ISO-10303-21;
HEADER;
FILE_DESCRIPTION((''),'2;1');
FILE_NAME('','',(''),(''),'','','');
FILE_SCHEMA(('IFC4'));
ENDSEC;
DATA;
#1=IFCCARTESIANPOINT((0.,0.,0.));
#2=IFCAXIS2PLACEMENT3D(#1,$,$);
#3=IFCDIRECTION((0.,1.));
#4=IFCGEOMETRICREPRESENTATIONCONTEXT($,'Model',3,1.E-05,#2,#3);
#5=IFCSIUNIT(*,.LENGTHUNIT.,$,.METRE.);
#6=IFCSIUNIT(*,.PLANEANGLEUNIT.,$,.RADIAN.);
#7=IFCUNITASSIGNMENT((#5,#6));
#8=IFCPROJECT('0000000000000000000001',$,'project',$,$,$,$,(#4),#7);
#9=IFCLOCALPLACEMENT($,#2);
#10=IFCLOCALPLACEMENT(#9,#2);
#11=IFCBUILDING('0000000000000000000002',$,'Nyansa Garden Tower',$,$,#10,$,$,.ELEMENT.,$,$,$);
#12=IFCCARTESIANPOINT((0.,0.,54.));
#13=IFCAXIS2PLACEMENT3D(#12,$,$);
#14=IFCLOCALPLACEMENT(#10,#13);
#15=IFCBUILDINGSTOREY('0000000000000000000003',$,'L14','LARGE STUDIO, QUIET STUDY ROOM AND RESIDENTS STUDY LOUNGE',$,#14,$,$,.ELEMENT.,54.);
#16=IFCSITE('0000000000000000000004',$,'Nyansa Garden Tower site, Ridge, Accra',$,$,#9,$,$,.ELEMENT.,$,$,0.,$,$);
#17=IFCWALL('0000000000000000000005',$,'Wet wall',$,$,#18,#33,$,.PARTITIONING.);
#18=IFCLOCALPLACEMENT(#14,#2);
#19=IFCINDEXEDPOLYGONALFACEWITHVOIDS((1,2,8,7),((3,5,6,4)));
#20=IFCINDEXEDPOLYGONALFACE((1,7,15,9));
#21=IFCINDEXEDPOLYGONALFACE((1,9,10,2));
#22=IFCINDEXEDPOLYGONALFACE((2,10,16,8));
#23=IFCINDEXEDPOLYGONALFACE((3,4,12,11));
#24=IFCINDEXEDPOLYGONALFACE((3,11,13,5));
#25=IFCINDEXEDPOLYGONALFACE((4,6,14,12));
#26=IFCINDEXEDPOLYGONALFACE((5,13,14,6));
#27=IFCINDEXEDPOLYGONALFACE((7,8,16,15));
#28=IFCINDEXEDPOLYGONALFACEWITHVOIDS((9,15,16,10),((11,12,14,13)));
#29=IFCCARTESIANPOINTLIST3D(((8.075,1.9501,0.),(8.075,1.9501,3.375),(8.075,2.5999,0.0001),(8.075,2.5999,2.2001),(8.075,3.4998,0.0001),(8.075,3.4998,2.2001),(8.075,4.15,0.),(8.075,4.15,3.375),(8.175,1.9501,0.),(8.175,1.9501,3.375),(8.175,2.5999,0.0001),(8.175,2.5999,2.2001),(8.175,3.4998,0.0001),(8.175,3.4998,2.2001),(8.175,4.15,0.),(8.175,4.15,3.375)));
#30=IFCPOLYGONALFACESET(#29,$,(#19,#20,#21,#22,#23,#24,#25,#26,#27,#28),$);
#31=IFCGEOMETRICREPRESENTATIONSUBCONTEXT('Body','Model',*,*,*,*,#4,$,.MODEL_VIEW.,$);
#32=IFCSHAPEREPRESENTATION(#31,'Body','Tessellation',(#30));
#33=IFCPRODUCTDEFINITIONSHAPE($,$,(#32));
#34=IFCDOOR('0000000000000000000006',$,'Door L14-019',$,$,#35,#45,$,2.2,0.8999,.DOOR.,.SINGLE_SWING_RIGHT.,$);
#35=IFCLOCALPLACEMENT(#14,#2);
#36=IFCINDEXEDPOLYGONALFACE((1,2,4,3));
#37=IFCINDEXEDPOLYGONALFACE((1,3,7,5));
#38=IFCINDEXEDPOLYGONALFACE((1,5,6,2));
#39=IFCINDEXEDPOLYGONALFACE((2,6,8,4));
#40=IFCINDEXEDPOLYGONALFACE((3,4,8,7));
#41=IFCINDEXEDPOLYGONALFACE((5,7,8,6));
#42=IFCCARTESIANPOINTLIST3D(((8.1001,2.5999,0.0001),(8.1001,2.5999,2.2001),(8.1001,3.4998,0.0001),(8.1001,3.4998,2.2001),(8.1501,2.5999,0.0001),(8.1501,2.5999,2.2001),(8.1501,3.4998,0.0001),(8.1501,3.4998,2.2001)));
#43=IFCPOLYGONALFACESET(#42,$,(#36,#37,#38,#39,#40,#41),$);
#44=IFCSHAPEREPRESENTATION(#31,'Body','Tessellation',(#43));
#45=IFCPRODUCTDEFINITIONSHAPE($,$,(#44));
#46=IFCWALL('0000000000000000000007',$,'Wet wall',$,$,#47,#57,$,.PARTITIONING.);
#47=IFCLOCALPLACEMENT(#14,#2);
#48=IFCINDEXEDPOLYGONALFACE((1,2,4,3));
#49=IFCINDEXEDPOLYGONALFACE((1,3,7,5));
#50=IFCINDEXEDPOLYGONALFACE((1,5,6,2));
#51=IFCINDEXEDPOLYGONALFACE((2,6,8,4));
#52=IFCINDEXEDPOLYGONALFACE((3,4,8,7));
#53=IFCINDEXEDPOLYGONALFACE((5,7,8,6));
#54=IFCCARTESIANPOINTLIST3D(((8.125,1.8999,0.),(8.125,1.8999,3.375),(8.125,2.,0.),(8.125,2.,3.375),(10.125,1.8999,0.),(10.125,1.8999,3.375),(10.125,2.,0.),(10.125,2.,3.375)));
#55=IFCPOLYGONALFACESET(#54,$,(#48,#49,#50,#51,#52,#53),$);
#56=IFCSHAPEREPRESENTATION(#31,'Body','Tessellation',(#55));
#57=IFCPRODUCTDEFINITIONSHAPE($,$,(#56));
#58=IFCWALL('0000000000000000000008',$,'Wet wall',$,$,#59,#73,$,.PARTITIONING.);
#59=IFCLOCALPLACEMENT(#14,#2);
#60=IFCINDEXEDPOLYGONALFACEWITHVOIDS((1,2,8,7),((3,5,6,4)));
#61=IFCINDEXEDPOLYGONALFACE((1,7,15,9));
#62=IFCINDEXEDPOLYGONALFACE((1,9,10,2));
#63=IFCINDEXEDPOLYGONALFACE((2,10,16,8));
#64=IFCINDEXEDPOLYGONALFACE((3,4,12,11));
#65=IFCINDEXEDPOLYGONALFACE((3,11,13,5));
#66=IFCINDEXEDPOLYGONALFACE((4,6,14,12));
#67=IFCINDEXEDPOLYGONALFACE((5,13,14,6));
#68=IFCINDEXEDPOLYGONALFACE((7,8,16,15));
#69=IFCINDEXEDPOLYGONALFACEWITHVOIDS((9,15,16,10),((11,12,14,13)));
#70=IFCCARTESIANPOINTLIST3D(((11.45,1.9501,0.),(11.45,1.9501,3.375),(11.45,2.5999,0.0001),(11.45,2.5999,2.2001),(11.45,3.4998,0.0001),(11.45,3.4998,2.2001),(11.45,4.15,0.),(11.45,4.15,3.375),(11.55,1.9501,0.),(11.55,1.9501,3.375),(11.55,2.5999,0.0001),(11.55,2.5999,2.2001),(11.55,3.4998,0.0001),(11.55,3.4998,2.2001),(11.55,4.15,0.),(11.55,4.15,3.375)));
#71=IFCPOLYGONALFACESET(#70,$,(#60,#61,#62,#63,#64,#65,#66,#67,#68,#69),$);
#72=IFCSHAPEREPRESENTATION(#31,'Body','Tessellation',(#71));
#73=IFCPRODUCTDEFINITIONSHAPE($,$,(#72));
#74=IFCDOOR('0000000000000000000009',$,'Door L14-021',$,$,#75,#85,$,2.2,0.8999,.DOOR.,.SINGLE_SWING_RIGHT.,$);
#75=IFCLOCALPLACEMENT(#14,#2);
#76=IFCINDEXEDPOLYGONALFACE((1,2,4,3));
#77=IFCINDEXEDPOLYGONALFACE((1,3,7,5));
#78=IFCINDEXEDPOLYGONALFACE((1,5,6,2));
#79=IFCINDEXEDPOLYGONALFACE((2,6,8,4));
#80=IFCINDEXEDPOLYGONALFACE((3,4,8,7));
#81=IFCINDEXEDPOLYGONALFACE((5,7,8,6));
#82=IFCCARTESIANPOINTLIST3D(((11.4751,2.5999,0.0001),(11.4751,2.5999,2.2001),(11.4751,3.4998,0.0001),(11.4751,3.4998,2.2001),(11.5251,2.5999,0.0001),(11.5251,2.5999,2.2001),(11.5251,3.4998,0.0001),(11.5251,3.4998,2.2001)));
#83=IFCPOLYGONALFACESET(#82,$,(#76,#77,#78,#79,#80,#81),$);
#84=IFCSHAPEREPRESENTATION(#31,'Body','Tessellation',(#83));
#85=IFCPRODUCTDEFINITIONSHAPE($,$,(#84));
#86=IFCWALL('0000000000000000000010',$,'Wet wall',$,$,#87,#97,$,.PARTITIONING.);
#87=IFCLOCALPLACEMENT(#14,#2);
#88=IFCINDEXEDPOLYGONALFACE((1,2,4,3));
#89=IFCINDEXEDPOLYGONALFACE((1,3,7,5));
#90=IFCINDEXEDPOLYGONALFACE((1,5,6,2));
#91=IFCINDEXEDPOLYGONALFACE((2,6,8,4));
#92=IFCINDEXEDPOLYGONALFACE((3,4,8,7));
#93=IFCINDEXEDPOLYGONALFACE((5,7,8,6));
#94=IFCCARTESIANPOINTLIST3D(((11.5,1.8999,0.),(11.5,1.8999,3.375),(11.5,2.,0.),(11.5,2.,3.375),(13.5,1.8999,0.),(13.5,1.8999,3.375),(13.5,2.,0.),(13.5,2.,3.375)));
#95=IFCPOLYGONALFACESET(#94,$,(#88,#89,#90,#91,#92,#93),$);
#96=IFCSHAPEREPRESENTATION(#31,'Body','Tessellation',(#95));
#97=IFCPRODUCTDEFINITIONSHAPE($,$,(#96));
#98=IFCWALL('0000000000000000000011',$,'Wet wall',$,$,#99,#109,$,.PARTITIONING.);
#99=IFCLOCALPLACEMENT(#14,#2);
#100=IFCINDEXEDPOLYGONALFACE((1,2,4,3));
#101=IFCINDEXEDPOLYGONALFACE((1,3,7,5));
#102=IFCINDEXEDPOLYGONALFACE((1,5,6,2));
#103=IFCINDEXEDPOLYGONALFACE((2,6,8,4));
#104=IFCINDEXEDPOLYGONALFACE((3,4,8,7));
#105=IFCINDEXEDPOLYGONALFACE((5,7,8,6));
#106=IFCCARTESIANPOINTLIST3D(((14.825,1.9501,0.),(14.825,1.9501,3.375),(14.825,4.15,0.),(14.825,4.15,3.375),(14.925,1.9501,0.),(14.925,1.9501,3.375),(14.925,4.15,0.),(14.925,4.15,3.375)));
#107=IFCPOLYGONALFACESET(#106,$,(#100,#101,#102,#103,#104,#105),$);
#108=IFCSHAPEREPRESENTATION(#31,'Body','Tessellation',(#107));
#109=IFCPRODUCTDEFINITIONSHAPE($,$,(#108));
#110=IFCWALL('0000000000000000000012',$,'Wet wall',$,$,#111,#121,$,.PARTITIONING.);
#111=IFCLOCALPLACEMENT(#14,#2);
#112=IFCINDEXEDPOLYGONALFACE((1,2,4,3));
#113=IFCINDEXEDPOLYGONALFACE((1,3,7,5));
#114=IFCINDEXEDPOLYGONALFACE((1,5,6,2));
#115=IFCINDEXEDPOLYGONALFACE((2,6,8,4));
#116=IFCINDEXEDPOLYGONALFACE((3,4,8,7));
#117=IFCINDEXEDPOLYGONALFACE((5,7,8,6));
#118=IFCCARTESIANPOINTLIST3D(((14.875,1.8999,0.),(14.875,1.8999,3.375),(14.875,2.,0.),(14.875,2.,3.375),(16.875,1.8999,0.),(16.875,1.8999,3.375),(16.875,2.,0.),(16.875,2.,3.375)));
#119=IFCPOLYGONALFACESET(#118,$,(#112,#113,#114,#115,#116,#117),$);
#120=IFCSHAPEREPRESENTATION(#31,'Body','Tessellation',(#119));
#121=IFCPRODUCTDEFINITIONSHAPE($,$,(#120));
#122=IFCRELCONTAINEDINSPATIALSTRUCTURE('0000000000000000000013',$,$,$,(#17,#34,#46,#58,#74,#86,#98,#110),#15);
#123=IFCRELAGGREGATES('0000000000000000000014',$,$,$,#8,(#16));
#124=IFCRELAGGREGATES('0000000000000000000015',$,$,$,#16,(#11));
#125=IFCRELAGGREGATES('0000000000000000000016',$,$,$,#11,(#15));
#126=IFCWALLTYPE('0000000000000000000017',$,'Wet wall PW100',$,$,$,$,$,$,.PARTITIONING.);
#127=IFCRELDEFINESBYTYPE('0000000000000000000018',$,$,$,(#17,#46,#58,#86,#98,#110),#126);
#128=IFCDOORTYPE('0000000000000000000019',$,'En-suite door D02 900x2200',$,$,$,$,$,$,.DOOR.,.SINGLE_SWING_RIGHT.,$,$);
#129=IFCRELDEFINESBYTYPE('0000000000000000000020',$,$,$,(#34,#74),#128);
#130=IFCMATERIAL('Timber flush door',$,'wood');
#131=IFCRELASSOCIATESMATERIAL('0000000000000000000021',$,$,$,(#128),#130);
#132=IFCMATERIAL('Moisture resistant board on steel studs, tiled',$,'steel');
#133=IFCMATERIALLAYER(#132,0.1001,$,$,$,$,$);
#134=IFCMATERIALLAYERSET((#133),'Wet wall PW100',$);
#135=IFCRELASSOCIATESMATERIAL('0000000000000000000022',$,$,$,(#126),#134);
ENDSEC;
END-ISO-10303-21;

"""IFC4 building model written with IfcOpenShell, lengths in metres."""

from ifc_helpers import new_model, si_unit, direction, frame, frame_2d, origin, place, context, subcontext, project, spatial, rectangle, extrude, material, layer, layer_set, type_object, element, fill, save


model = new_model("IFC4")

# Units and contexts
model_context = context("Model", 3, precision=1e-05, world=origin(), true_north=direction((0.0, 1.0)))
body_context = subcontext(model_context, "Body", "Model", "MODEL_VIEW")
ifc_project = project(units=[si_unit("LENGTHUNIT", "METRE"), si_unit("PLANEANGLEUNIT", "RADIAN")], contexts=[model_context])

# Site, building, storey
site_placement = place(None, origin())
site = spatial("IfcSite", under=ifc_project, at=site_placement, Name="Nyansa Garden Tower site, Ridge, Accra", CompositionType="ELEMENT", RefElevation=0.0)
building_placement = place(site_placement, origin())
building = spatial("IfcBuilding", under=site, at=building_placement, Name="Nyansa Garden Tower", CompositionType="ELEMENT")
storey_placement = place(building_placement, frame((0.0, 0.0, 54.0)))
storey = spatial("IfcBuildingStorey", under=building, at=storey_placement, Name="L14", Description="LARGE STUDIO, QUIET STUDY ROOM AND RESIDENTS STUDY LOUNGE", CompositionType="ELEMENT", Elevation=54.0)

# Shared definitions
ifc_material_1 = material(Name="Timber flush door", Category="wood")
door_type_1 = type_object("IfcDoorType", Name="En-suite door D02 900x2200", OperationType="SINGLE_SWING_RIGHT", PredefinedType="DOOR", material=ifc_material_1)

# Wall, opening, door
ifc_material_2 = material(Name="Moisture resistant board on steel studs, tiled", Category="steel")
ifc_layer_1 = layer(ifc_material_2, 0.1001)
ifc_layer_set_1 = layer_set([ifc_layer_1], Name="Wet wall PW100")
wall_type_1 = type_object("IfcWallType", Name="Wet wall PW100", PredefinedType="PARTITIONING", material=ifc_layer_set_1)
wall_1_placement = place(storey_placement, frame((8.125, 1.95, 0.0), z_axis=(0.0, 0.0, 1.0), x_axis=(0.0, 1.0, 0.0)))
wall_1 = element("IfcWall", 1, at=wall_1_placement, inside=storey, type_object=wall_type_1, Name="Wet wall", PredefinedType="PARTITIONING", context=body_context, shape_type="SweptSolid", body=[
    extrude(rectangle(XDim=2.2, YDim=0.1001, at=frame_2d((1.1001, 0.0))), origin(), (0.0, 0.0, 1.0), 3.375),
])
opening_1_placement = place(wall_1_placement, frame((0.6499, 0.0, 0.0)))
opening_1 = element("IfcOpeningElement", 2, at=opening_1_placement, cuts=wall_1, PredefinedType="OPENING", context=body_context, shape_type="SweptSolid", body=[
    extrude(rectangle(XDim=0.8999, YDim=2.2, at=frame_2d((0.45, 1.1001))), frame((0.0, 0.0601, 0.0), z_axis=(0.0, -1.0, 0.0), x_axis=(1.0, 0.0, 0.0)), (0.0, 0.0, 1.0), 0.1201),
])
door_1_placement = place(opening_1_placement, origin())
door_1 = element("IfcDoor", 3, at=door_1_placement, inside=storey, type_object=door_type_1, Name="Door L14-019", OperationType="SINGLE_SWING_RIGHT", OverallHeight=2.2, OverallWidth=0.8999, PredefinedType="DOOR", context=body_context, shape_type="SweptSolid", body=[
    extrude(rectangle(XDim=0.8999, YDim=2.2, at=frame_2d((0.45, 1.1001))), frame((0.0, 0.0249, 0.0), z_axis=(0.0, -1.0, 0.0), x_axis=(1.0, 0.0, 0.0)), (0.0, 0.0, 1.0), 0.05),
])
fill(opening_1, door_1)

# Wall
wall_2_placement = place(storey_placement, frame((8.125, 1.95, 0.0), z_axis=(0.0, 0.0, 1.0), x_axis=(1.0, 0.0, 0.0)))
element("IfcWall", 4, at=wall_2_placement, inside=storey, type_object=wall_type_1, Name="Wet wall", PredefinedType="PARTITIONING", context=body_context, shape_type="SweptSolid", body=[
    extrude(rectangle(XDim=2.0, YDim=0.1001, at=frame_2d((1.0, 0.0))), origin(), (0.0, 0.0, 1.0), 3.375),
])

# Wall, opening, door
wall_3_placement = place(storey_placement, frame((11.5, 1.95, 0.0), z_axis=(0.0, 0.0, 1.0), x_axis=(0.0, 1.0, 0.0)))
wall_3 = element("IfcWall", 5, at=wall_3_placement, inside=storey, type_object=wall_type_1, Name="Wet wall", PredefinedType="PARTITIONING", context=body_context, shape_type="SweptSolid", body=[
    extrude(rectangle(XDim=2.2, YDim=0.1001, at=frame_2d((1.1001, 0.0))), origin(), (0.0, 0.0, 1.0), 3.375),
])
opening_2_placement = place(wall_3_placement, frame((0.6499, 0.0, 0.0)))
opening_2 = element("IfcOpeningElement", 6, at=opening_2_placement, cuts=wall_3, PredefinedType="OPENING", context=body_context, shape_type="SweptSolid", body=[
    extrude(rectangle(XDim=0.8999, YDim=2.2, at=frame_2d((0.45, 1.1001))), frame((0.0, 0.0601, 0.0), z_axis=(0.0, -1.0, 0.0), x_axis=(1.0, 0.0, 0.0)), (0.0, 0.0, 1.0), 0.1201),
])
door_2_placement = place(opening_2_placement, origin())
door_2 = element("IfcDoor", 7, at=door_2_placement, inside=storey, type_object=door_type_1, Name="Door L14-021", OperationType="SINGLE_SWING_RIGHT", OverallHeight=2.2, OverallWidth=0.8999, PredefinedType="DOOR", context=body_context, shape_type="SweptSolid", body=[
    extrude(rectangle(XDim=0.8999, YDim=2.2, at=frame_2d((0.45, 1.1001))), frame((0.0, 0.0249, 0.0), z_axis=(0.0, -1.0, 0.0), x_axis=(1.0, 0.0, 0.0)), (0.0, 0.0, 1.0), 0.05),
])
fill(opening_2, door_2)

# Walls
wall_4_placement = place(storey_placement, frame((11.5, 1.95, 0.0), z_axis=(0.0, 0.0, 1.0), x_axis=(1.0, 0.0, 0.0)))
element("IfcWall", 8, at=wall_4_placement, inside=storey, type_object=wall_type_1, Name="Wet wall", PredefinedType="PARTITIONING", context=body_context, shape_type="SweptSolid", body=[
    extrude(rectangle(XDim=2.0, YDim=0.1001, at=frame_2d((1.0, 0.0))), origin(), (0.0, 0.0, 1.0), 3.375),
])
wall_5_placement = place(storey_placement, frame((14.875, 1.95, 0.0), z_axis=(0.0, 0.0, 1.0), x_axis=(0.0, 1.0, 0.0)))
element("IfcWall", 9, at=wall_5_placement, inside=storey, type_object=wall_type_1, Name="Wet wall", PredefinedType="PARTITIONING", context=body_context, shape_type="SweptSolid", body=[
    extrude(rectangle(XDim=2.2, YDim=0.1001, at=frame_2d((1.1001, 0.0))), origin(), (0.0, 0.0, 1.0), 3.375),
])
wall_6_placement = place(storey_placement, frame((14.875, 1.95, 0.0), z_axis=(0.0, 0.0, 1.0), x_axis=(1.0, 0.0, 0.0)))
element("IfcWall", 10, at=wall_6_placement, inside=storey, type_object=wall_type_1, Name="Wet wall", PredefinedType="PARTITIONING", context=body_context, shape_type="SweptSolid", body=[
    extrude(rectangle(XDim=2.0, YDim=0.1001, at=frame_2d((1.0, 0.0))), origin(), (0.0, 0.0, 1.0), 3.375),
])

save(model, "model.ifc")
